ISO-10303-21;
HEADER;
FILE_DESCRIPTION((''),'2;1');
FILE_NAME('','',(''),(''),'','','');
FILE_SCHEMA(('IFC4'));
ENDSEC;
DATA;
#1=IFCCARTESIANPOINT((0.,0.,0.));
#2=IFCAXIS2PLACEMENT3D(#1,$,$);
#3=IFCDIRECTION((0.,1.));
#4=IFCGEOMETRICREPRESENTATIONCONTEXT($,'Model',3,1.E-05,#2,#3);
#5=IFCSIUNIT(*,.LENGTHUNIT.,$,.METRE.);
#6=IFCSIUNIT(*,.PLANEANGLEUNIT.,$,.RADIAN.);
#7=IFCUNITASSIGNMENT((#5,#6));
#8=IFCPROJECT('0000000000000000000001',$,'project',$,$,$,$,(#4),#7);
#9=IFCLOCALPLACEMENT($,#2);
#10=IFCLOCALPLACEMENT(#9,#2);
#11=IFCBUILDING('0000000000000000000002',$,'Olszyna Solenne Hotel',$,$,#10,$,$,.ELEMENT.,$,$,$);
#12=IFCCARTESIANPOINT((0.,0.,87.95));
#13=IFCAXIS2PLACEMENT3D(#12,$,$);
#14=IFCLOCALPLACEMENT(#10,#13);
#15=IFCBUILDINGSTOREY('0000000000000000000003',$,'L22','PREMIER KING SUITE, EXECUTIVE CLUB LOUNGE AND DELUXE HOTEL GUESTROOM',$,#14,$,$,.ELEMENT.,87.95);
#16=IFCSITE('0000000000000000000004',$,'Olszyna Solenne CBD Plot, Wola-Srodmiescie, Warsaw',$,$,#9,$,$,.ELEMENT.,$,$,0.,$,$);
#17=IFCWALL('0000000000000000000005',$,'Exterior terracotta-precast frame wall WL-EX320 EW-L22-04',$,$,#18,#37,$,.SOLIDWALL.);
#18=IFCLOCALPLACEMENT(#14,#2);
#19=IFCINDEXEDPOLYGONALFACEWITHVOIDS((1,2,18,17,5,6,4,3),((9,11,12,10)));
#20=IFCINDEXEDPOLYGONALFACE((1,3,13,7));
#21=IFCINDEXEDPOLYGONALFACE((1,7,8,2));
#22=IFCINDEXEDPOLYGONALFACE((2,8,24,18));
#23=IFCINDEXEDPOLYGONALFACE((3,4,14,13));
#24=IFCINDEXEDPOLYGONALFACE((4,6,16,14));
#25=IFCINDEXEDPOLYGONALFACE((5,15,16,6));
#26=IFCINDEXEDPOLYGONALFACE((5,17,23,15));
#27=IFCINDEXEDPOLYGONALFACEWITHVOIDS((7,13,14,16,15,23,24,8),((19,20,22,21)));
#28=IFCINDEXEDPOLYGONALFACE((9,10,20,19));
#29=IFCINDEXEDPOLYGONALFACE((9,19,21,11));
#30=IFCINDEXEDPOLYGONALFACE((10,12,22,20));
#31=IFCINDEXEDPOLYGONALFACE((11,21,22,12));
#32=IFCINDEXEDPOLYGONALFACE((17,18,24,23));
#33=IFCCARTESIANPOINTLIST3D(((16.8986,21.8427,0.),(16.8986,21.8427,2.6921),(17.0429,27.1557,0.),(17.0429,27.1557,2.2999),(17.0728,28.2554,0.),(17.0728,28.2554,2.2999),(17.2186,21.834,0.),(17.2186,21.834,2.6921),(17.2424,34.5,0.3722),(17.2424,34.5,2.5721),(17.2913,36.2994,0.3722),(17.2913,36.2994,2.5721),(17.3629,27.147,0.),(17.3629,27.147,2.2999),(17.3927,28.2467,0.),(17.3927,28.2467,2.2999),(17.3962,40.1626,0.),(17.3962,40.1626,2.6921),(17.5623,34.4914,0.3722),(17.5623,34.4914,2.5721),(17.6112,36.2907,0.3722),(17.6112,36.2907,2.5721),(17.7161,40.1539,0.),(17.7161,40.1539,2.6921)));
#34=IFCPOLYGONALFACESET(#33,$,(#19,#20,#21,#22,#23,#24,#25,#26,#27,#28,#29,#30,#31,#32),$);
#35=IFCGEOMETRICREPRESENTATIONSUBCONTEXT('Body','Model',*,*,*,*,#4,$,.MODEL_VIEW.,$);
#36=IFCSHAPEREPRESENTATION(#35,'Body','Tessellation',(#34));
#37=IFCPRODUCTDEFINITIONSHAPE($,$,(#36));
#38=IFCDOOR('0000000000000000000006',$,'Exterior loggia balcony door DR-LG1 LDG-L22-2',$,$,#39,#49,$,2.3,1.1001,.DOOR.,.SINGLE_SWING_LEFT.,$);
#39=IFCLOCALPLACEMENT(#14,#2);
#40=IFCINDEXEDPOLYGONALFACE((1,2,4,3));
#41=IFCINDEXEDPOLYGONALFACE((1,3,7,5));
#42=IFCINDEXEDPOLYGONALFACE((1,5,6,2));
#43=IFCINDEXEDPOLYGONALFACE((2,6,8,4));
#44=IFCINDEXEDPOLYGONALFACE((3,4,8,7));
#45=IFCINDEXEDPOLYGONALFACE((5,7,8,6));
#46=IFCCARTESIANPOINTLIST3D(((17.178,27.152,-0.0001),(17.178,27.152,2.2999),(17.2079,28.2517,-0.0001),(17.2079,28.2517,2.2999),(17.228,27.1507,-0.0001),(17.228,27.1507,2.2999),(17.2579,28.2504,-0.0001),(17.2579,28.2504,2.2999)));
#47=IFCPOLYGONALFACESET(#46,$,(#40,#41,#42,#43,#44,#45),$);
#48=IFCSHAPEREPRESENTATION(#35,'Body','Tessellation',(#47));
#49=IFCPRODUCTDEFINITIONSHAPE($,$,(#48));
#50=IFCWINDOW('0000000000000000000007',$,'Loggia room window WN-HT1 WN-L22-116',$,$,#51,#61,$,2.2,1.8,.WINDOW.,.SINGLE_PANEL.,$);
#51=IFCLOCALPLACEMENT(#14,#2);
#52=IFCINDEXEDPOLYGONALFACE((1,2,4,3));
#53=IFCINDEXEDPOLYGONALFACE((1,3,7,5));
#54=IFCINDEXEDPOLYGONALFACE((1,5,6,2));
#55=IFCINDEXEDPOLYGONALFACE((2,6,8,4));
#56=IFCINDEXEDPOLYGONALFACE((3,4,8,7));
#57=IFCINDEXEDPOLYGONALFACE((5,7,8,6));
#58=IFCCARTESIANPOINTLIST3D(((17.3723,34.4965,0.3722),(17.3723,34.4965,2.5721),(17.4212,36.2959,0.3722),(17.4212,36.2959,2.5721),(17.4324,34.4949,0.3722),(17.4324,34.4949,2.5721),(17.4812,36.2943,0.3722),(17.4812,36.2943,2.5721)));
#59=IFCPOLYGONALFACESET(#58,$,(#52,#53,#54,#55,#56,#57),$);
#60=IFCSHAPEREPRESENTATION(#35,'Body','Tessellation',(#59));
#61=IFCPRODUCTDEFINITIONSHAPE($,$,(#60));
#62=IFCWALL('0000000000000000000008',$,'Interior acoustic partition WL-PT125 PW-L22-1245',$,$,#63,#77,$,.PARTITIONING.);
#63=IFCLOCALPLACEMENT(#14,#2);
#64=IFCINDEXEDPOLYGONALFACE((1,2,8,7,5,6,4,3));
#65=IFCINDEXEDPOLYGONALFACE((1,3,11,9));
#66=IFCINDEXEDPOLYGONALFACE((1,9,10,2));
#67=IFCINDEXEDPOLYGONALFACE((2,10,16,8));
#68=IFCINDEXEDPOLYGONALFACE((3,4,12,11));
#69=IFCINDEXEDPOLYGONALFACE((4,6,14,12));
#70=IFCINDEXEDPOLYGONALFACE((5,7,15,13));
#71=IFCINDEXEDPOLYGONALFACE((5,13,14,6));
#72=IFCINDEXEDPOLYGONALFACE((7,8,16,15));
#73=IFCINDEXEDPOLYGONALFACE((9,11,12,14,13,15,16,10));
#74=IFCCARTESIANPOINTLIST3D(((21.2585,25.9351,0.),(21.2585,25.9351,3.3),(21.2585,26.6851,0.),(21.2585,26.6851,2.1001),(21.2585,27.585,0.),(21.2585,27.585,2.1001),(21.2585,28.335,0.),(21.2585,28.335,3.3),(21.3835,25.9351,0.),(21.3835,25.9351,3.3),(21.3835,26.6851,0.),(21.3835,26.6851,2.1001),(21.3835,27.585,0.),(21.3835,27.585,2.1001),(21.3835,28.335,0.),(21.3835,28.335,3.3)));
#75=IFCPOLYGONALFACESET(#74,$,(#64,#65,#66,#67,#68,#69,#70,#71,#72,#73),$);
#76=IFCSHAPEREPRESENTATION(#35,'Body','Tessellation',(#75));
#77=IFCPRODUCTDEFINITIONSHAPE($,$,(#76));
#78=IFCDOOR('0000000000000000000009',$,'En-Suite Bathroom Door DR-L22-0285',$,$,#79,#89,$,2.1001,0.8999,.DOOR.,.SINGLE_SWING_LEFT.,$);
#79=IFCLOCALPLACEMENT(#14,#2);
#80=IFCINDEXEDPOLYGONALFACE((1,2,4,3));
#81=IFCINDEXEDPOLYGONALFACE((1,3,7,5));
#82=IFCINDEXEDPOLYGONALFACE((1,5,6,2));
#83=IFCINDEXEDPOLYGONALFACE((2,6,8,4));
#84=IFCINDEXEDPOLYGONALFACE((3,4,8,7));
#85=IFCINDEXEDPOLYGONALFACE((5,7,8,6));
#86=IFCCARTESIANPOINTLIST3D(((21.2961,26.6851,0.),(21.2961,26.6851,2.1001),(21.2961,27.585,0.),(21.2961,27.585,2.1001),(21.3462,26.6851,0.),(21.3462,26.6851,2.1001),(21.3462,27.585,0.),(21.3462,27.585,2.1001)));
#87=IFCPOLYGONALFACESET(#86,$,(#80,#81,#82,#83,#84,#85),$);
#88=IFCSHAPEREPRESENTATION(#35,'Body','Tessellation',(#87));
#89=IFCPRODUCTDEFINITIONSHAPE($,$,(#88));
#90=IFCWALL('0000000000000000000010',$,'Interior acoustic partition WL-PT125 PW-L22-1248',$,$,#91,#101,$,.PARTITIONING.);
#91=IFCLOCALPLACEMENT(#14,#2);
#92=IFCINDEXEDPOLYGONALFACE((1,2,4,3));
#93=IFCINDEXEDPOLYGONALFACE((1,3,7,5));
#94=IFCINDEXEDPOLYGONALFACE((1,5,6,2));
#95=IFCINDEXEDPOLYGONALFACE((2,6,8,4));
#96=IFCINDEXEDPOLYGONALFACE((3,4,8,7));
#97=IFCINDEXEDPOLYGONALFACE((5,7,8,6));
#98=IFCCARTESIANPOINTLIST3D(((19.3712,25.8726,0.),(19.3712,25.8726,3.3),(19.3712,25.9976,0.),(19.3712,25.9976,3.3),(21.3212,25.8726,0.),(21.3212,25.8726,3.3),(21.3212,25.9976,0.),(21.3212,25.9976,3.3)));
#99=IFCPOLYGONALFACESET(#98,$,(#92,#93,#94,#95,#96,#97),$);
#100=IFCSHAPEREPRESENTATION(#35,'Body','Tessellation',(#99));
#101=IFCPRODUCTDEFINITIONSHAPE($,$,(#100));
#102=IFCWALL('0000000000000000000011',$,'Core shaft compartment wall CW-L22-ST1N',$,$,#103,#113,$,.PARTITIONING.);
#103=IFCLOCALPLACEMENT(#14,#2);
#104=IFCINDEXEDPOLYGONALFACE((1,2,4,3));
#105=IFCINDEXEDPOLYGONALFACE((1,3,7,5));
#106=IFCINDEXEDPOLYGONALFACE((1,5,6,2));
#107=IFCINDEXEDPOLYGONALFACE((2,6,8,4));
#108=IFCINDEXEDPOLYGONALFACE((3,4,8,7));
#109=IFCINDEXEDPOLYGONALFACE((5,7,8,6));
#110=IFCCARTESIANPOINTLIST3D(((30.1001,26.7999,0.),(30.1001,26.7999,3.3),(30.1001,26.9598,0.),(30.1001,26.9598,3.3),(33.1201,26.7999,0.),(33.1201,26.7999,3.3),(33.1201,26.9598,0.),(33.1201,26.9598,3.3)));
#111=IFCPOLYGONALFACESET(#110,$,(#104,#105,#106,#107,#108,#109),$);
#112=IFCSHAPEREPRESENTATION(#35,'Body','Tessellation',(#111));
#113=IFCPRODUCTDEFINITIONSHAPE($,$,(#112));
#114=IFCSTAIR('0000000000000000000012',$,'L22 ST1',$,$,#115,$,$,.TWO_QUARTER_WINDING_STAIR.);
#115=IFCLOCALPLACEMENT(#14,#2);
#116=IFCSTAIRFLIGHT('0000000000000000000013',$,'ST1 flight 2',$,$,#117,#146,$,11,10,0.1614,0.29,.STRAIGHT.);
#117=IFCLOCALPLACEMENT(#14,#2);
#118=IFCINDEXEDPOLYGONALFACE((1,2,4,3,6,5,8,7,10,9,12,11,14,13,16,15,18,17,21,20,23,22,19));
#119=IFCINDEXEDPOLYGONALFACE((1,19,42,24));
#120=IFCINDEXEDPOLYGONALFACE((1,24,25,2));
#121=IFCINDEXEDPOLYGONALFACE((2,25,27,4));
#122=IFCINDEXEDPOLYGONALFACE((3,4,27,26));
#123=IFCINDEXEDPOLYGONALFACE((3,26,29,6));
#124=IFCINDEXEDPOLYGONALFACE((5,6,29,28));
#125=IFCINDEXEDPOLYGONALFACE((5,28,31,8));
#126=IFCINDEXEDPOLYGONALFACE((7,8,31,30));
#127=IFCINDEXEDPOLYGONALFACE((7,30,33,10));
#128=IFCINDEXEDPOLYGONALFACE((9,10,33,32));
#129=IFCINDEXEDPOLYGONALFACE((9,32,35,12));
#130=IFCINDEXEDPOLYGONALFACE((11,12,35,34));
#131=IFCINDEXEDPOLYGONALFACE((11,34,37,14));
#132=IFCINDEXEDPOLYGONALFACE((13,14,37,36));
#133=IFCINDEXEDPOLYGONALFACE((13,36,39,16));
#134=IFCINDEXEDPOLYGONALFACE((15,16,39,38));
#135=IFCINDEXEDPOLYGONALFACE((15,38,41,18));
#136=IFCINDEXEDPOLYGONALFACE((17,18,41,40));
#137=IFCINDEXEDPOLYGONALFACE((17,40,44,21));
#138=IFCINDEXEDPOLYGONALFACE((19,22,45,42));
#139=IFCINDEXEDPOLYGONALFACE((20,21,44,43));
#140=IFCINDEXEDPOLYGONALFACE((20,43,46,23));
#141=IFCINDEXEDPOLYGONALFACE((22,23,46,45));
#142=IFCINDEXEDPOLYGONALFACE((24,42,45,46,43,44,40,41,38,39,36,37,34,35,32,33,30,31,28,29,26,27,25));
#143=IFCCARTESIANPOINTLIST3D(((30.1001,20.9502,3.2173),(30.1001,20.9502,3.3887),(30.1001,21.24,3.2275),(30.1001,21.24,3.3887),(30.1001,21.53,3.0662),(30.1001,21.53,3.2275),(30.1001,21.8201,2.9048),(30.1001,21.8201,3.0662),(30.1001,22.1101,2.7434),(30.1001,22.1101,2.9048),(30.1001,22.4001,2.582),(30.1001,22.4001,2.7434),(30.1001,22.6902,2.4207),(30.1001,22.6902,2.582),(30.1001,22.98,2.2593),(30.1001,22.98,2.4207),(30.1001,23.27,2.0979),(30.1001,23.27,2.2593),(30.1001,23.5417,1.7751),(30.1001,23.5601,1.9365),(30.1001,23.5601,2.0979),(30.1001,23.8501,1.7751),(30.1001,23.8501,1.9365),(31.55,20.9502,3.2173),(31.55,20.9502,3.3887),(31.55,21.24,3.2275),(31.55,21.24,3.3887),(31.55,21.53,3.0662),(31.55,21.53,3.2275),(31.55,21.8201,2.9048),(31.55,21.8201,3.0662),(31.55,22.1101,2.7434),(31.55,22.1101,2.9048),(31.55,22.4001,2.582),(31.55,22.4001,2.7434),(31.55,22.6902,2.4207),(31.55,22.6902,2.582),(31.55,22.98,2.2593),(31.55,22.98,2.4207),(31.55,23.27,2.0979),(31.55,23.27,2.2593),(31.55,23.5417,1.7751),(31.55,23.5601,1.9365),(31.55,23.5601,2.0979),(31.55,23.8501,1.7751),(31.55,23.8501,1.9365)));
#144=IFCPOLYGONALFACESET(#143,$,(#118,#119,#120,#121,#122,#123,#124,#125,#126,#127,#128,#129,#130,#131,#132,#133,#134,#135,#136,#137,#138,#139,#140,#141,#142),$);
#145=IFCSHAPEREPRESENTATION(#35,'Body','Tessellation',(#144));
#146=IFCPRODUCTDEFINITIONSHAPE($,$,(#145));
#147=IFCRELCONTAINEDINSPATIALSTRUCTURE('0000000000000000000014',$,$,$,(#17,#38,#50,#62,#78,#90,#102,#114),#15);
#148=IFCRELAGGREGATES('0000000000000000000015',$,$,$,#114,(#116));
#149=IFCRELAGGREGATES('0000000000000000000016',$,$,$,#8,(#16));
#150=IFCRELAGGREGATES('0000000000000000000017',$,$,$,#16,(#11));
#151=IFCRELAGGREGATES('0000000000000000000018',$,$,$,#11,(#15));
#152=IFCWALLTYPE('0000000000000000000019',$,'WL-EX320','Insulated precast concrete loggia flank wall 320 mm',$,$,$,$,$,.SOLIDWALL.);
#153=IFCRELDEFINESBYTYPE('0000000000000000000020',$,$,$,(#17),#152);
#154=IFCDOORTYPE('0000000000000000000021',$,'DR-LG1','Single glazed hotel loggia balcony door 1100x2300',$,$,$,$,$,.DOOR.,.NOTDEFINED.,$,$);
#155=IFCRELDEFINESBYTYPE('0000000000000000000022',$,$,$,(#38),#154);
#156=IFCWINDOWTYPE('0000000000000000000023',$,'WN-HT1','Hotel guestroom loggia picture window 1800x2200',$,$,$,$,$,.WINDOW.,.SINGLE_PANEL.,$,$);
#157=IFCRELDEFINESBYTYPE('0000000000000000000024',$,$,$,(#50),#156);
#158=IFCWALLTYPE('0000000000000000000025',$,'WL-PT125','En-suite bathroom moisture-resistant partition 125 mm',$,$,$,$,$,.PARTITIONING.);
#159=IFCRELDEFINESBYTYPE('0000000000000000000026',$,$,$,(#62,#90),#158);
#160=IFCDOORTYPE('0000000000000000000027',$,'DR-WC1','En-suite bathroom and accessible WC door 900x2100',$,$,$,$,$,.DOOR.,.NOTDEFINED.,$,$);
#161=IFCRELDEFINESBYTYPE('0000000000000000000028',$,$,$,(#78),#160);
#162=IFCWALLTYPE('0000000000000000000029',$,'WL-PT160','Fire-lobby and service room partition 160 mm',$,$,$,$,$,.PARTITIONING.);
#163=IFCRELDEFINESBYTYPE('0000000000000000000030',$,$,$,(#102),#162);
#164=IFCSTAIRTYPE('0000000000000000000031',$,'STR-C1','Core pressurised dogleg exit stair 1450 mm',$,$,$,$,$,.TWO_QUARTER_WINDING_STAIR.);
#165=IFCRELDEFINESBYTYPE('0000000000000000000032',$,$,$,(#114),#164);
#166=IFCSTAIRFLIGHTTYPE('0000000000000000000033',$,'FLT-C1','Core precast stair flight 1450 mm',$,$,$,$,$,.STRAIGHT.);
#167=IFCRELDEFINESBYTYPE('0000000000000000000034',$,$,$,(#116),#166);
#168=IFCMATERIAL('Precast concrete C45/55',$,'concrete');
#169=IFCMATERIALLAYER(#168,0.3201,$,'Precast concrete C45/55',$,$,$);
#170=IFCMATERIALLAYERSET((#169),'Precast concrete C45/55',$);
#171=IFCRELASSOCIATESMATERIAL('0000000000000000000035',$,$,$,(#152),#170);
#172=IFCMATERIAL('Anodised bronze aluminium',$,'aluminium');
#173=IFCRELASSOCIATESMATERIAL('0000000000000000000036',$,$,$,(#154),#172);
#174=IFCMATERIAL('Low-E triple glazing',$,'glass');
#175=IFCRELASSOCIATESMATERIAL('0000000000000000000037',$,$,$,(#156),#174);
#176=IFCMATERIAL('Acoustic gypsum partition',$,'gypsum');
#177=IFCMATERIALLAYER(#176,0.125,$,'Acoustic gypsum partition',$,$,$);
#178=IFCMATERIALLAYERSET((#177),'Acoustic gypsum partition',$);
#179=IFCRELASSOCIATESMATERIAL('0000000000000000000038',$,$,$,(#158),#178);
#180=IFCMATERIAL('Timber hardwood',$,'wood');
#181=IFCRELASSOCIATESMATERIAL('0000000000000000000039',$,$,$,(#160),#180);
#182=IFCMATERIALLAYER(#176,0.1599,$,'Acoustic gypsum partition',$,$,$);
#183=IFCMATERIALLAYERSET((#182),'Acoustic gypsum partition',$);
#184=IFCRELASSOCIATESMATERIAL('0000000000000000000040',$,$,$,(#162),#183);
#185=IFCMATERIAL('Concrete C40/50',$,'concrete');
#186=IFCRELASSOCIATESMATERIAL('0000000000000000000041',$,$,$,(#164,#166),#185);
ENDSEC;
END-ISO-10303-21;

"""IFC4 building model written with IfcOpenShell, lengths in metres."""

from ifc_helpers import new_model, si_unit, direction, frame, frame_2d, origin, place, context, subcontext, project, spatial, polyline, rectangle, outline, extrude, source, transform, mapped, material, layer, layer_set, type_object, type_shapes, element, fill, aggregate, save


model = new_model("IFC4")

# Units and contexts
model_context = context("Model", 3, precision=1e-05, world=origin(), true_north=direction((0.0, 1.0)))
body_context = subcontext(model_context, "Body", "Model", "MODEL_VIEW")
ifc_project = project(units=[si_unit("LENGTHUNIT", "METRE"), si_unit("PLANEANGLEUNIT", "RADIAN")], contexts=[model_context])

# Site, building, storey
site_placement = place(None, origin())
site = spatial("IfcSite", under=ifc_project, at=site_placement, Name="Olszyna Solenne CBD Plot, Wola-Srodmiescie, Warsaw", CompositionType="ELEMENT", RefElevation=0.0)
building_placement = place(site_placement, origin())
building = spatial("IfcBuilding", under=site, at=building_placement, Name="Olszyna Solenne Hotel", CompositionType="ELEMENT")
storey_placement = place(building_placement, frame((0.0, 0.0, 87.95)))
storey = spatial("IfcBuildingStorey", under=building, at=storey_placement, Name="L22", Description="PREMIER KING SUITE, EXECUTIVE CLUB LOUNGE AND DELUXE HOTEL GUESTROOM", CompositionType="ELEMENT", Elevation=87.95)

# Shared definitions
ifc_material_1 = material(Name="Anodised bronze aluminium", Category="aluminium")

# Wall, openings, door, window
ifc_material_2 = material(Name="Precast concrete C45/55", Category="concrete")
ifc_layer_1 = layer(ifc_material_2, 0.3201, Name="Precast concrete C45/55")
ifc_layer_set_1 = layer_set([ifc_layer_1], Name="Precast concrete C45/55")
wall_type_1 = type_object("IfcWallType", Name="WL-EX320", Description="Insulated precast concrete loggia flank wall 320 mm", PredefinedType="SOLIDWALL", material=ifc_layer_set_1)
wall_1_placement = place(storey_placement, frame((17.0586, 21.8384, 0.0), z_axis=(0.0, 0.0, 1.0), x_axis=(0.02715, 0.999631, 0.0)))
wall_1 = element("IfcWall", 1, at=wall_1_placement, inside=storey, type_object=wall_type_1, Name="Exterior terracotta-precast frame wall WL-EX320 EW-L22-04", PredefinedType="SOLIDWALL", context=body_context, shape_type="SweptSolid", body=[
    extrude(rectangle(XDim=18.3267, YDim=0.3201, at=frame_2d((9.1633, 0.0))), origin(), (0.0, 0.0, 1.0), 2.6921),
])
opening_1_placement = place(wall_1_placement, frame((5.3149, 0.0, 0.0)))
opening_1 = element("IfcOpeningElement", 2, at=opening_1_placement, cuts=wall_1, PredefinedType="OPENING", context=body_context, shape_type="SweptSolid", body=[
    extrude(rectangle(XDim=1.1001, YDim=2.3, at=frame_2d((0.55, 1.1499))), frame((0.0, 0.1699, 0.0), z_axis=(0.0, -1.0, 0.0), x_axis=(1.0, 0.0, 0.0)), (0.0, 0.0, 1.0), 0.3401),
])
opening_2_placement = place(wall_1_placement, frame((12.6621, 0.0, 0.3721)))
opening_2 = element("IfcOpeningElement", 3, at=opening_2_placement, cuts=wall_1, PredefinedType="OPENING", context=body_context, shape_type="SweptSolid", body=[
    extrude(rectangle(XDim=1.8, YDim=2.2, at=frame_2d((0.8999, 1.1001))), frame((0.0, 0.1699, 0.0), z_axis=(0.0, -1.0, 0.0), x_axis=(1.0, 0.0, 0.0)), (0.0, 0.0, 1.0), 0.3401),
])
door_type_1 = type_object("IfcDoorType", Name="DR-LG1", Description="Single glazed hotel loggia balcony door 1100x2300", OperationType="NOTDEFINED", PredefinedType="DOOR", material=ifc_material_1)
shared_shape_1 = source(origin(), body_context, "Body", "SweptSolid", [
    extrude(rectangle(XDim=1.1001, YDim=2.3, at=frame_2d((0.55, 1.1499))), frame((0.0, 0.0249, 0.0), z_axis=(0.0, -1.0, 0.0), x_axis=(1.0, 0.0, 0.0)), (0.0, 0.0, 1.0), 0.05),
])
type_shapes(door_type_1, [shared_shape_1])
door_1_placement = place(opening_1_placement, origin())
door_1 = element("IfcDoor", 4, at=door_1_placement, inside=storey, type_object=door_type_1, Name="Exterior loggia balcony door DR-LG1 LDG-L22-2", OperationType="SINGLE_SWING_LEFT", OverallHeight=2.3, OverallWidth=1.1001, PredefinedType="DOOR", context=body_context, shape_type="MappedRepresentation", body=[
    mapped(shared_shape_1, transform((0.0, 0.0, 0.0), x_axis=(1.0, 0.0, 0.0), y_axis=(0.0, 1.0, 0.0), z_axis=(0.0, 0.0, 1.0), scale=1.0)),
])
fill(opening_1, door_1)
ifc_material_3 = material(Name="Low-E triple glazing", Category="glass")
window_type = type_object("IfcWindowType", Name="WN-HT1", Description="Hotel guestroom loggia picture window 1800x2200", PartitioningType="SINGLE_PANEL", PredefinedType="WINDOW", material=ifc_material_3)
shared_shape_2 = source(origin(), body_context, "Body", "SweptSolid", [
    extrude(rectangle(XDim=1.8, YDim=2.2, at=frame_2d((0.8999, 1.1001))), frame((0.0, 0.03, 0.0), z_axis=(0.0, -1.0, 0.0), x_axis=(1.0, 0.0, 0.0)), (0.0, 0.0, 1.0), 0.0601),
])
type_shapes(window_type, [shared_shape_2])
window_placement = place(opening_2_placement, origin())
window = element("IfcWindow", 5, at=window_placement, inside=storey, type_object=window_type, Name="Loggia room window WN-HT1 WN-L22-116", OverallHeight=2.2, OverallWidth=1.8, PartitioningType="SINGLE_PANEL", PredefinedType="WINDOW", context=body_context, shape_type="MappedRepresentation", body=[
    mapped(shared_shape_2, transform((0.0, 0.0, 0.0), x_axis=(1.0, 0.0, 0.0), y_axis=(0.0, 1.0, 0.0), z_axis=(0.0, 0.0, 1.0), scale=1.0)),
])
fill(opening_2, window)

# Wall, opening, door
ifc_material_4 = material(Name="Acoustic gypsum partition", Category="gypsum")
ifc_layer_2 = layer(ifc_material_4, 0.125, Name="Acoustic gypsum partition")
ifc_layer_set_2 = layer_set([ifc_layer_2], Name="Acoustic gypsum partition")
wall_type_2 = type_object("IfcWallType", Name="WL-PT125", Description="En-suite bathroom moisture-resistant partition 125 mm", PredefinedType="PARTITIONING", material=ifc_layer_set_2)
wall_2_placement = place(storey_placement, frame((21.321, 25.9351, 0.0), z_axis=(0.0, 0.0, 1.0), x_axis=(0.0, 1.0, 0.0)))
wall_2 = element("IfcWall", 6, at=wall_2_placement, inside=storey, type_object=wall_type_2, Name="Interior acoustic partition WL-PT125 PW-L22-1245", PredefinedType="PARTITIONING", context=body_context, shape_type="SweptSolid", body=[
    extrude(rectangle(XDim=2.3999, YDim=0.125, at=frame_2d((1.2, 0.0))), origin(), (0.0, 0.0, 1.0), 3.3),
])
opening_3_placement = place(wall_2_placement, frame((0.75, 0.0, 0.0)))
opening_3 = element("IfcOpeningElement", 7, at=opening_3_placement, cuts=wall_2, PredefinedType="OPENING", context=body_context, shape_type="SweptSolid", body=[
    extrude(rectangle(XDim=0.8999, YDim=2.1001, at=frame_2d((0.45, 1.05))), frame((0.0, 0.0725, 0.0), z_axis=(0.0, -1.0, 0.0), x_axis=(1.0, 0.0, 0.0)), (0.0, 0.0, 1.0), 0.145),
])
ifc_material_5 = material(Name="Timber hardwood", Category="wood")
door_type_2 = type_object("IfcDoorType", Name="DR-WC1", Description="En-suite bathroom and accessible WC door 900x2100", OperationType="NOTDEFINED", PredefinedType="DOOR", material=ifc_material_5)
shared_shape_3 = source(origin(), body_context, "Body", "SweptSolid", [
    extrude(rectangle(XDim=0.8999, YDim=2.1001, at=frame_2d((0.45, 1.05))), frame((0.0, 0.0249, 0.0), z_axis=(0.0, -1.0, 0.0), x_axis=(1.0, 0.0, 0.0)), (0.0, 0.0, 1.0), 0.05),
])
type_shapes(door_type_2, [shared_shape_3])
door_2_placement = place(opening_3_placement, origin())
door_2 = element("IfcDoor", 8, at=door_2_placement, inside=storey, type_object=door_type_2, Name="En-Suite Bathroom Door DR-L22-0285", OperationType="SINGLE_SWING_LEFT", OverallHeight=2.1001, OverallWidth=0.8999, PredefinedType="DOOR", context=body_context, shape_type="MappedRepresentation", body=[
    mapped(shared_shape_3, transform((0.0, 0.0, 0.0), x_axis=(1.0, 0.0, 0.0), y_axis=(0.0, 1.0, 0.0), z_axis=(0.0, 0.0, 1.0), scale=1.0)),
])
fill(opening_3, door_2)

# Walls
wall_3_placement = place(storey_placement, frame((19.3711, 25.9351, 0.0), z_axis=(0.0, 0.0, 1.0), x_axis=(1.0, 0.0, 0.0)))
element("IfcWall", 9, at=wall_3_placement, inside=storey, type_object=wall_type_2, Name="Interior acoustic partition WL-PT125 PW-L22-1248", PredefinedType="PARTITIONING", context=body_context, shape_type="SweptSolid", body=[
    extrude(rectangle(XDim=1.95, YDim=0.125, at=frame_2d((0.9751, 0.0))), origin(), (0.0, 0.0, 1.0), 3.3),
])
ifc_layer_3 = layer(ifc_material_4, 0.1599, Name="Acoustic gypsum partition")
ifc_layer_set_3 = layer_set([ifc_layer_3], Name="Acoustic gypsum partition")
wall_type_3 = type_object("IfcWallType", Name="WL-PT160", Description="Fire-lobby and service room partition 160 mm", PredefinedType="PARTITIONING", material=ifc_layer_set_3)
wall_4_placement = place(storey_placement, frame((30.1001, 26.8799, 0.0), z_axis=(0.0, 0.0, 1.0), x_axis=(1.0, 0.0, 0.0)))
element("IfcWall", 10, at=wall_4_placement, inside=storey, type_object=wall_type_3, Name="Core shaft compartment wall CW-L22-ST1N", PredefinedType="PARTITIONING", context=body_context, shape_type="SweptSolid", body=[
    extrude(rectangle(XDim=3.02, YDim=0.1599, at=frame_2d((1.51, 0.0))), origin(), (0.0, 0.0, 1.0), 3.3),
])

# Stair, stair flight
ifc_material_6 = material(Name="Concrete C40/50", Category="concrete")
stair_type = type_object("IfcStairType", Name="STR-C1", Description="Core pressurised dogleg exit stair 1450 mm", PredefinedType="TWO_QUARTER_WINDING_STAIR", material=ifc_material_6)
stair_placement = place(storey_placement, origin())
stair = element("IfcStair", 11, at=stair_placement, inside=storey, type_object=stair_type, Name="L22 ST1", PredefinedType="TWO_QUARTER_WINDING_STAIR")
stair_flight_type = type_object("IfcStairFlightType", Name="FLT-C1", Description="Core precast stair flight 1450 mm", PredefinedType="STRAIGHT", material=ifc_material_6)
stair_flight_placement = place(storey_placement, frame((30.825, 23.8501, 1.7751), z_axis=(0.0, 0.0, 1.0), x_axis=(0.0, -1.0, 0.0)))
stair_flight = element("IfcStairFlight", 12, at=stair_flight_placement, type_object=stair_flight_type, Name="ST1 flight 2", NumberOfRisers=11, NumberOfTreads=10, PredefinedType="STRAIGHT", RiserHeight=0.1614, TreadLength=0.29, context=body_context, shape_type="SweptSolid", body=[
    extrude(outline(polyline([(0.0, 0.0), (0.0, 0.1614), (0.29, 0.1614), (0.29, 0.3228), (0.5801, 0.3228), (0.5801, 0.4841), (0.8701, 0.4841), (0.8701, 0.6455), (1.1599, 0.6455), (1.1599, 0.8069), (1.45, 0.8069), (1.45, 0.9683), (1.74, 0.9683), (1.74, 1.1296), (2.03, 1.1296), (2.03, 1.291), (2.3201, 1.291), (2.3201, 1.4524), (2.6101, 1.4524), (2.6101, 1.6135), (2.8999, 1.6135), (2.8999, 1.7749), (2.8999, 1.4421), (0.3083, 0.0), (0.0, 0.0)])), frame((0.0, 0.7251, 0.0), z_axis=(0.0, -1.0, 0.0), x_axis=(1.0, 0.0, 0.0)), (0.0, 0.0, 1.0), 1.45),
])
aggregate(stair, [stair_flight])

save(model, "model.ifc")
